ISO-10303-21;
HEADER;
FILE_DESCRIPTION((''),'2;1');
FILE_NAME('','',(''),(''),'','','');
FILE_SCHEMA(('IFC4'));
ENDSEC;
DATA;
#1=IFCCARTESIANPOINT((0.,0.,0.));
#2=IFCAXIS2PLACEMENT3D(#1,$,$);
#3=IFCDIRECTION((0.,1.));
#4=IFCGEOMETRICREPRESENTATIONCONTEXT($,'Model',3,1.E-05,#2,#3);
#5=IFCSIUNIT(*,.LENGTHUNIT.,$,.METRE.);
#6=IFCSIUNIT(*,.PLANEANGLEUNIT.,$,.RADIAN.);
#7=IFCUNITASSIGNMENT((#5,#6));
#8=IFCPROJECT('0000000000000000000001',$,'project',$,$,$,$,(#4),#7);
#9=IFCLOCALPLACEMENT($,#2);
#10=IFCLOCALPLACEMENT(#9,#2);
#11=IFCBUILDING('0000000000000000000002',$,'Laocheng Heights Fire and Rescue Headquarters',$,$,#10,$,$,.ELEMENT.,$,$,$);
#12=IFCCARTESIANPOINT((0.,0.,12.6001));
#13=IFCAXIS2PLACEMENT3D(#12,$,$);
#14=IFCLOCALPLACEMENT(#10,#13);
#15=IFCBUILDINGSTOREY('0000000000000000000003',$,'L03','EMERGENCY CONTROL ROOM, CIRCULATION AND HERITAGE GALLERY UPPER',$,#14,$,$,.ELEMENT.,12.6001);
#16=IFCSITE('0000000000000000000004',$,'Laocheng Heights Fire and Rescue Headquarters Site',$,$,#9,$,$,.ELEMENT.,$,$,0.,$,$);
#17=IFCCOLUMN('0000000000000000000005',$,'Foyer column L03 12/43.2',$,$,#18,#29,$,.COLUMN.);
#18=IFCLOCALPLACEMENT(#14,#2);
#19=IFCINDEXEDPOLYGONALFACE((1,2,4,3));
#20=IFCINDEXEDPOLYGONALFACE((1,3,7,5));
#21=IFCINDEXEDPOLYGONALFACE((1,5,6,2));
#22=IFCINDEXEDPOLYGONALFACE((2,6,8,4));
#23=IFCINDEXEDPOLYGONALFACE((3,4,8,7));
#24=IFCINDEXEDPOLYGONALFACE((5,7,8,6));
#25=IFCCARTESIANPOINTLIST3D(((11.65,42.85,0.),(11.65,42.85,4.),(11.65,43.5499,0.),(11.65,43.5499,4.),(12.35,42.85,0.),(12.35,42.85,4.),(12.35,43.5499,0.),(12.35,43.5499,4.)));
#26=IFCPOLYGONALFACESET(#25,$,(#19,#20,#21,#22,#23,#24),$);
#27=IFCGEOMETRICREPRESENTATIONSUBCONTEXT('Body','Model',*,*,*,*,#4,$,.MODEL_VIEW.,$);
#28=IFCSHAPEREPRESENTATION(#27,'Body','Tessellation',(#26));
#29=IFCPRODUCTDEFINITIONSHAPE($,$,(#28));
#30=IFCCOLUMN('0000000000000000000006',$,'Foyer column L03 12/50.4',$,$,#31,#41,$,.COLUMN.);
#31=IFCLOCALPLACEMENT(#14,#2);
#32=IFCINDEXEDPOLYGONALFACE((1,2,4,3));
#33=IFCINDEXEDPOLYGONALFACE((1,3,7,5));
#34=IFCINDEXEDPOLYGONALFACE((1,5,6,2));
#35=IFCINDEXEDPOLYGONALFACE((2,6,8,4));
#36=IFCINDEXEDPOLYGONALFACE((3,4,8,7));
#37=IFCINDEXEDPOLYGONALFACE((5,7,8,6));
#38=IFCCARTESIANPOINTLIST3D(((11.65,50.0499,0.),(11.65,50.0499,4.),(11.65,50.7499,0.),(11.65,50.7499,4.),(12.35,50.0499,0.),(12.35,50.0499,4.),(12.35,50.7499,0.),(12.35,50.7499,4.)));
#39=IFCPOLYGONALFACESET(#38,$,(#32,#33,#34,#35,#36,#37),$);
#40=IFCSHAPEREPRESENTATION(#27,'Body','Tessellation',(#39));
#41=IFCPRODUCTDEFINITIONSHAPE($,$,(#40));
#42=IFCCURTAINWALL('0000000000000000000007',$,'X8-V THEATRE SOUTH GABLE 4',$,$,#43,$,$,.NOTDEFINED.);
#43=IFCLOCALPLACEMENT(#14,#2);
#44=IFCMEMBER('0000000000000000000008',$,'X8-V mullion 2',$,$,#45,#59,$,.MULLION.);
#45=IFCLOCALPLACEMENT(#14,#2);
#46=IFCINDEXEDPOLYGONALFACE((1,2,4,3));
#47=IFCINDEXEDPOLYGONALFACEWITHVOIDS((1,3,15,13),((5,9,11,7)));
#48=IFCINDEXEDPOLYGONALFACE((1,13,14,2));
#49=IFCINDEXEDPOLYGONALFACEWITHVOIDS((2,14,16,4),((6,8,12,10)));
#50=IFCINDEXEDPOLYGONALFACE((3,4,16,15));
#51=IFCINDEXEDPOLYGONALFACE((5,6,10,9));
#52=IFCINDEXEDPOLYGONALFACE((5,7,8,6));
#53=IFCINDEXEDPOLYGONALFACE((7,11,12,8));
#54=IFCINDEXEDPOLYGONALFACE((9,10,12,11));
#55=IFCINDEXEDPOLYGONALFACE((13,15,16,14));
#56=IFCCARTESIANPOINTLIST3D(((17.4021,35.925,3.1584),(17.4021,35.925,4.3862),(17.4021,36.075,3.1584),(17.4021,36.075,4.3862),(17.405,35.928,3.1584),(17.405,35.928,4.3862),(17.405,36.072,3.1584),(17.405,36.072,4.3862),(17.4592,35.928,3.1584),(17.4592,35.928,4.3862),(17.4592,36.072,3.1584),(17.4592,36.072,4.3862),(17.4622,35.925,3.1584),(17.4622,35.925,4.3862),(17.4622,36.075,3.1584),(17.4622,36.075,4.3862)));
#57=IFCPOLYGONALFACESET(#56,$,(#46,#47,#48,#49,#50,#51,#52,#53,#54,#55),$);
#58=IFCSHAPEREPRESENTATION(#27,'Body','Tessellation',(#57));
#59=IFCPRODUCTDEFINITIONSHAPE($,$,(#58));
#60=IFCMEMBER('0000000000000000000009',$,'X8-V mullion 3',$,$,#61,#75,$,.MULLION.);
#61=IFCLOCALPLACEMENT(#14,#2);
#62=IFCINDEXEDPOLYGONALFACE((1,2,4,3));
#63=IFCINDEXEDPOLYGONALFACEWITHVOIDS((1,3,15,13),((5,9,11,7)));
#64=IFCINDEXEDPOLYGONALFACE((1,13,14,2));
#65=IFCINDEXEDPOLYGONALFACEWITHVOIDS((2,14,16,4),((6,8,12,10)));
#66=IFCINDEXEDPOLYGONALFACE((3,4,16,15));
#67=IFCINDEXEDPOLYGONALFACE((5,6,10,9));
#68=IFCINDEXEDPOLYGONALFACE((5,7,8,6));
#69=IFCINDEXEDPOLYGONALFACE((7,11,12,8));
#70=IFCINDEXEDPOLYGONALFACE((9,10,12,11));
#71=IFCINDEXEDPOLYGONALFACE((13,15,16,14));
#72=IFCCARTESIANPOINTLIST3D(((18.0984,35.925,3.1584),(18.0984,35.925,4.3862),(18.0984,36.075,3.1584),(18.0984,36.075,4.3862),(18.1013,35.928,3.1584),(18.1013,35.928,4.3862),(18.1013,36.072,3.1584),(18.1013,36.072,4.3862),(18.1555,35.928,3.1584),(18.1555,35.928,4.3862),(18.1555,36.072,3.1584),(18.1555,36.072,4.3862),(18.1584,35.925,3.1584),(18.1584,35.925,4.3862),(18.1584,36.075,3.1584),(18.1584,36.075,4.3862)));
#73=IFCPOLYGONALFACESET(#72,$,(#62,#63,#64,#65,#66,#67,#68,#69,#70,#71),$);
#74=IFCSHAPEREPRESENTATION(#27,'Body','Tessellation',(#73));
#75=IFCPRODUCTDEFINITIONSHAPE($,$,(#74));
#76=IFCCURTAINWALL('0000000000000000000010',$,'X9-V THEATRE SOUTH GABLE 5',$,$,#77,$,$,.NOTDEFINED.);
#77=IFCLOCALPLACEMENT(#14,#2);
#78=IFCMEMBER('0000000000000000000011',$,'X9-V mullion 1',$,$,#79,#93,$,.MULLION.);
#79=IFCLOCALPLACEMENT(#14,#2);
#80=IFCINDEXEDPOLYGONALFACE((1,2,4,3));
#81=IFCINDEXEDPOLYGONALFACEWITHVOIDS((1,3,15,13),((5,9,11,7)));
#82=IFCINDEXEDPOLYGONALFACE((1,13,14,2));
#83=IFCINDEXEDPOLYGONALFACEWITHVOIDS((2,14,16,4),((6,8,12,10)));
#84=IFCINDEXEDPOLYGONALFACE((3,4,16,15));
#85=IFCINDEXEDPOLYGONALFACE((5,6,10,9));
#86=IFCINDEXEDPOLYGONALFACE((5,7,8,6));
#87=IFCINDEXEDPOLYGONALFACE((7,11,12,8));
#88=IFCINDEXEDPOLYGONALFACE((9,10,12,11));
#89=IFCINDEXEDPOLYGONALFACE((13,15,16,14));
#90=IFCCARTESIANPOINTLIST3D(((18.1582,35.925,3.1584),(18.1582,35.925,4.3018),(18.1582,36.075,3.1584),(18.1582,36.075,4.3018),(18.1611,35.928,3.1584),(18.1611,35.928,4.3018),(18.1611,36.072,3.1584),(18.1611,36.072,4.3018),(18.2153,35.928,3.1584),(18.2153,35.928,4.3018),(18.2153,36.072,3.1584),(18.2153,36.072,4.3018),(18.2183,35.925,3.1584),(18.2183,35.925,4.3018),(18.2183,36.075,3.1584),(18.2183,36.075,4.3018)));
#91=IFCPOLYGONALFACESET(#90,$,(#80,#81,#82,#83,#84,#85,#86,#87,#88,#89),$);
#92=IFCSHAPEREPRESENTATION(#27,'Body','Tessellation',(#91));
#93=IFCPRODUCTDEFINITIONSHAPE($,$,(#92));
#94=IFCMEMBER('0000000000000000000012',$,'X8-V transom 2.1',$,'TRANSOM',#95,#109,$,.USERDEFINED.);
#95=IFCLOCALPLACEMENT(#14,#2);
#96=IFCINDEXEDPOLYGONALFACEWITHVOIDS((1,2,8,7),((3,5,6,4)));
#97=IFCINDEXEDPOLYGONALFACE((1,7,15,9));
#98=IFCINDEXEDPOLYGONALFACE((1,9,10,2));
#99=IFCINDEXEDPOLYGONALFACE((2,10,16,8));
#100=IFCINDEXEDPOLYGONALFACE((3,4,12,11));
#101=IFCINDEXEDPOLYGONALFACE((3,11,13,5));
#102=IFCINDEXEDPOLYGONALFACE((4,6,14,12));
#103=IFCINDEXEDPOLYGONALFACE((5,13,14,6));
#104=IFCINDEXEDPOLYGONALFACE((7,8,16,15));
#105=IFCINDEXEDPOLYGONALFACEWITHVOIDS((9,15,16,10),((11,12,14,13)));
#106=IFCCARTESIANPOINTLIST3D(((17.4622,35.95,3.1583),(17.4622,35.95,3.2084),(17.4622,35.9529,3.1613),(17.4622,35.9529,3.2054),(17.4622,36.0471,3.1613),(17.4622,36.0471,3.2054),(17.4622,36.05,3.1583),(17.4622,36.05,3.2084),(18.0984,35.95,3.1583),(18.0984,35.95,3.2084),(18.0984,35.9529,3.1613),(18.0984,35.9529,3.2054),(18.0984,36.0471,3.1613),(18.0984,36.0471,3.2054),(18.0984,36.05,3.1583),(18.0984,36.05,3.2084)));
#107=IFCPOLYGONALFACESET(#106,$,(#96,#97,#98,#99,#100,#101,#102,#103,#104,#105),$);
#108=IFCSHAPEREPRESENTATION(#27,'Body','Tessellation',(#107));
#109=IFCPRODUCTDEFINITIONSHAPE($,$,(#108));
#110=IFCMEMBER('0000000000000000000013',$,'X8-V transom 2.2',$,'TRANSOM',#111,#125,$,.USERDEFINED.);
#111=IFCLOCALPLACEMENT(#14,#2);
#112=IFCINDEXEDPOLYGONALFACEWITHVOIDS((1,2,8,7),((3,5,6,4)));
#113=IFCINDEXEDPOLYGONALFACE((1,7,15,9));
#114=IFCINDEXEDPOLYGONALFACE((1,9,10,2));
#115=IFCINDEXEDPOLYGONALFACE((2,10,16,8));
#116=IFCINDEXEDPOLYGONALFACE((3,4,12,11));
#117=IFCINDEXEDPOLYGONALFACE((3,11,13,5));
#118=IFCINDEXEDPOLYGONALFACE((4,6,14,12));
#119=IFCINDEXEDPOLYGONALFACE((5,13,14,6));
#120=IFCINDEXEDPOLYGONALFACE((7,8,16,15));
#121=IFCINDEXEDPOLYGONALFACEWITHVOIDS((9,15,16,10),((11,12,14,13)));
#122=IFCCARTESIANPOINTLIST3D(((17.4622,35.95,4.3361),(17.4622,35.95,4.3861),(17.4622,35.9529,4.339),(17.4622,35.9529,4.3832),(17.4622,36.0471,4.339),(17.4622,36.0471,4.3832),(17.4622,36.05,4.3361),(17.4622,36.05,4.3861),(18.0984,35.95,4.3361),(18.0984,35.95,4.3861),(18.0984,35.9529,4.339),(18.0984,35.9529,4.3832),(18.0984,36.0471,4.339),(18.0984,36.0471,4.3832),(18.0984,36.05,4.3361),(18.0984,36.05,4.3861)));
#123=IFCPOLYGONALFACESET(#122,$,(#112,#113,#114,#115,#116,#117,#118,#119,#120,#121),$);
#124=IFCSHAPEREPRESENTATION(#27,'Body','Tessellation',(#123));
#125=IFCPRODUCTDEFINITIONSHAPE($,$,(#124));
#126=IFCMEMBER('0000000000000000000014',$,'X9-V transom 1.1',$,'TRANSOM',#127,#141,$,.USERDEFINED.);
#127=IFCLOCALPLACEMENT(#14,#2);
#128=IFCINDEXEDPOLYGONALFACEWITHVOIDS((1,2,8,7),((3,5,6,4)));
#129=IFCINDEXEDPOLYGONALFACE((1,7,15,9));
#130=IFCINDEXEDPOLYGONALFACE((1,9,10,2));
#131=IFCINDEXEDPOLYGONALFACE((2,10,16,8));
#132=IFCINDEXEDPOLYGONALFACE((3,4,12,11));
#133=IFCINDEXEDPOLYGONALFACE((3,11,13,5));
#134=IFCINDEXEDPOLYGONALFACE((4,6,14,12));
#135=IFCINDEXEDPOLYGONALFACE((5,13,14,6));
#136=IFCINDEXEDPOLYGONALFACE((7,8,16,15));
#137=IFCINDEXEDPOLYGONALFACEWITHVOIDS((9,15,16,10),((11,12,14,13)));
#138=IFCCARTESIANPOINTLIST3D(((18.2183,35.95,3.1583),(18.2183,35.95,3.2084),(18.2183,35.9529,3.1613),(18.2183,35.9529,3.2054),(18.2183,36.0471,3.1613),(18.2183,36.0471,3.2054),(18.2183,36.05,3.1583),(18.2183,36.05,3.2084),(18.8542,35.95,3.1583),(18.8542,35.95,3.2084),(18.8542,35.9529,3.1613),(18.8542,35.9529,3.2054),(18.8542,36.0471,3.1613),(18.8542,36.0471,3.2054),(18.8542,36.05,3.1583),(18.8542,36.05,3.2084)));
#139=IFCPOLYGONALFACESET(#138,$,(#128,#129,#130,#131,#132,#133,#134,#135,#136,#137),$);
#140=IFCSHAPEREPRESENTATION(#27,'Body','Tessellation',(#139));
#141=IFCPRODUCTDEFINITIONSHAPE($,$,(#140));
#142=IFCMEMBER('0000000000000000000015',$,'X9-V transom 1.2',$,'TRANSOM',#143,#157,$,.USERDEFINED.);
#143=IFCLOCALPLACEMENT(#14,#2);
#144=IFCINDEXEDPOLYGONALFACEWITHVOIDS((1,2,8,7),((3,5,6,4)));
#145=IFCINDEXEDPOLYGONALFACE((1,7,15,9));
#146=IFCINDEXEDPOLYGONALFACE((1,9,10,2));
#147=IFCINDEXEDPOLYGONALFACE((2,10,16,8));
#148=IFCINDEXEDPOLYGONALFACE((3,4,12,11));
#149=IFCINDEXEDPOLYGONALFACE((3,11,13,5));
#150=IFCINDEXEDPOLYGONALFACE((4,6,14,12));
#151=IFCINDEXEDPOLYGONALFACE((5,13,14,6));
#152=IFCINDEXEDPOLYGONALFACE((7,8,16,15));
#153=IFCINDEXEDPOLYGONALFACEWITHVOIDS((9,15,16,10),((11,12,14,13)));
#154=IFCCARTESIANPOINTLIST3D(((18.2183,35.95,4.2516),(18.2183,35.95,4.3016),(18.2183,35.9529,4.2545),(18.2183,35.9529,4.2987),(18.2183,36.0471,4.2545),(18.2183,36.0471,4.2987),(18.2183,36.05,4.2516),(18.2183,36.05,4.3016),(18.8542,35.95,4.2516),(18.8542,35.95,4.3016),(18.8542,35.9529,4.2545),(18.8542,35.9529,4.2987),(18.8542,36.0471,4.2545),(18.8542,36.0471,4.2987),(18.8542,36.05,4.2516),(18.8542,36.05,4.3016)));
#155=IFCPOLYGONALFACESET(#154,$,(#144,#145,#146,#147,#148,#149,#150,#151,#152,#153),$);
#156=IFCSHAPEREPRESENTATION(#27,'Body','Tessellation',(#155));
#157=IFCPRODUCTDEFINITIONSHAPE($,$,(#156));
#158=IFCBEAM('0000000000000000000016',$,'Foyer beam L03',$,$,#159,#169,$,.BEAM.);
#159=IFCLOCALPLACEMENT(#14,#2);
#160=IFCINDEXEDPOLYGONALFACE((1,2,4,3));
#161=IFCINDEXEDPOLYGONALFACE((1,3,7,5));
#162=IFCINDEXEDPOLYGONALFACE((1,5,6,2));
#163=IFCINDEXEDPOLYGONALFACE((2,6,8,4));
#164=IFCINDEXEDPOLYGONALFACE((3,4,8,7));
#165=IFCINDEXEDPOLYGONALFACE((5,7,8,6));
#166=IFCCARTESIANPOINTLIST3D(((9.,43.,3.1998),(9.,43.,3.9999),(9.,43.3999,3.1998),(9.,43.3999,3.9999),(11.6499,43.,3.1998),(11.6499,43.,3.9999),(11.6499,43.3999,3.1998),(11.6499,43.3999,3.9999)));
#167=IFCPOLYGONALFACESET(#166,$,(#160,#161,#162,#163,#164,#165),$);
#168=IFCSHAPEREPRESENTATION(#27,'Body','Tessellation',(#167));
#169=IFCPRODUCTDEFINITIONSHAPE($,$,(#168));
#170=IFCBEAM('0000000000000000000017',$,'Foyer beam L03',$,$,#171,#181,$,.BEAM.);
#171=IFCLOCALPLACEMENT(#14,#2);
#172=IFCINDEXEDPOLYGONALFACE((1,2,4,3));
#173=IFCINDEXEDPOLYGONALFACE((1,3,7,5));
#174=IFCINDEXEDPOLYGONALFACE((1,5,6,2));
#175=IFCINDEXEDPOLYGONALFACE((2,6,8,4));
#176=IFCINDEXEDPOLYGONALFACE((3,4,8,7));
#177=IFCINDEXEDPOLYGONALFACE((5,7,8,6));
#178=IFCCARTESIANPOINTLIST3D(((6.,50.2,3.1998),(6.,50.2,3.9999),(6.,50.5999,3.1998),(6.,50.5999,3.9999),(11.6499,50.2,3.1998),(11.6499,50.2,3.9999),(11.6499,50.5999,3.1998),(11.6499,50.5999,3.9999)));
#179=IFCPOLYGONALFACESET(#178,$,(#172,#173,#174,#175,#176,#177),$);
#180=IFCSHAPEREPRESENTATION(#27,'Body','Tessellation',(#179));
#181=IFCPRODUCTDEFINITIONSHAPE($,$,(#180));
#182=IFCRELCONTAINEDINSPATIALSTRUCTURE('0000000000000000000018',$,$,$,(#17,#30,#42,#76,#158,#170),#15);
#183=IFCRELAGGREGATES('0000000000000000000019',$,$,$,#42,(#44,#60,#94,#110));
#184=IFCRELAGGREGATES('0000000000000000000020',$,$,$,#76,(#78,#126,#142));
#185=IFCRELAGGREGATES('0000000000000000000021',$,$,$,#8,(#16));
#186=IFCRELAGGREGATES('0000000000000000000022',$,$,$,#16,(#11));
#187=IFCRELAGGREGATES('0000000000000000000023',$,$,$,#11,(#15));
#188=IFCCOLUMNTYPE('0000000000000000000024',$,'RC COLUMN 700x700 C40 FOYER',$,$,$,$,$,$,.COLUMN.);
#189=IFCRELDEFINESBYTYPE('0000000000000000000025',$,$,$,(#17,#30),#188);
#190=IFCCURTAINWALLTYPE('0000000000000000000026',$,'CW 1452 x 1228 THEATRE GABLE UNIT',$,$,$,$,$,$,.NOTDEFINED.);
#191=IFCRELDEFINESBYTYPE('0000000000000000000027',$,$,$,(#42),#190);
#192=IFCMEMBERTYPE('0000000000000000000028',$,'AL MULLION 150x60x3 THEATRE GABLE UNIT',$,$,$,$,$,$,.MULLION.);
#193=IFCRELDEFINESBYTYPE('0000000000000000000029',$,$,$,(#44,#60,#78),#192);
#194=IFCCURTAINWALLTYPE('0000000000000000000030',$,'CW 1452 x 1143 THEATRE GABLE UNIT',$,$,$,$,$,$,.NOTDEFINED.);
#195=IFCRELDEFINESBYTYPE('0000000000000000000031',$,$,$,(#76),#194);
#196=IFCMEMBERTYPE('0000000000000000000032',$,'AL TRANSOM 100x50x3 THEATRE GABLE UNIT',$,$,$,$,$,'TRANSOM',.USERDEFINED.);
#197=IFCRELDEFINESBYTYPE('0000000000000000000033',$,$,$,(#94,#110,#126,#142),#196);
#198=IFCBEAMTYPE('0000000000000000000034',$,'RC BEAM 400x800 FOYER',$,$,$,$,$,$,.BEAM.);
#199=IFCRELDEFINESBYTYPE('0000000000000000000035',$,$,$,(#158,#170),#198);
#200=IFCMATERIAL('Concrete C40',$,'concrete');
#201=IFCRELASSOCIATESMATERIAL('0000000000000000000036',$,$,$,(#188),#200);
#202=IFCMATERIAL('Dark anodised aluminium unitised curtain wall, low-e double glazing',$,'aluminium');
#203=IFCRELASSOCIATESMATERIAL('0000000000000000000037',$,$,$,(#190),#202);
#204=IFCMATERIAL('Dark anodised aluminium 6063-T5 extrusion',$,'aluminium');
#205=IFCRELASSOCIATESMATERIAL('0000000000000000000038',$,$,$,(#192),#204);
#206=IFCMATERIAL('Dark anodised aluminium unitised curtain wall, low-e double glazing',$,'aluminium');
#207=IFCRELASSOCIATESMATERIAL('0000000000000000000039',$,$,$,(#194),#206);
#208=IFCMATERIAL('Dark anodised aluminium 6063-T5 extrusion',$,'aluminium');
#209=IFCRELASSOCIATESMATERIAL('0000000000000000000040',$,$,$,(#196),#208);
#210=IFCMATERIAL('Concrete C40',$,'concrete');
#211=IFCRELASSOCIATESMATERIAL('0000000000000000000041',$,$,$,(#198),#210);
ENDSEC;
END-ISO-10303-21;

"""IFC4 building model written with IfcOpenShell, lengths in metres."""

from ifc_helpers import new_model, si_unit, direction, frame, origin, origin_2d, place, context, subcontext, project, spatial, rectangle, hollow_rectangle, extrude, material, material_profile, profile_set, type_object, element, aggregate, save


model = new_model("IFC4")

# Units and contexts
model_context = context("Model", 3, precision=1e-05, world=origin(), true_north=direction((0.0, 1.0)))
body_context = subcontext(model_context, "Body", "Model", "MODEL_VIEW")
ifc_project = project(units=[si_unit("LENGTHUNIT", "METRE"), si_unit("PLANEANGLEUNIT", "RADIAN")], contexts=[model_context])

# Site, building, storey
site_placement = place(None, origin())
site = spatial("IfcSite", under=ifc_project, at=site_placement, Name="Laocheng Heights Fire and Rescue Headquarters Site", CompositionType="ELEMENT", RefElevation=0.0)
building_placement = place(site_placement, origin())
building = spatial("IfcBuilding", under=site, at=building_placement, Name="Laocheng Heights Fire and Rescue Headquarters", CompositionType="ELEMENT")
storey_placement = place(building_placement, frame((0.0, 0.0, 12.6001)))
storey = spatial("IfcBuildingStorey", under=building, at=storey_placement, Name="L03", Description="EMERGENCY CONTROL ROOM, CIRCULATION AND HERITAGE GALLERY UPPER", CompositionType="ELEMENT", Elevation=12.6001)

# Columns
ifc_material_1 = material(Name="Concrete C40", Category="concrete")
ifc_material_profile_1 = material_profile(ifc_material_1, rectangle(XDim=0.7, YDim=0.7, at=origin_2d()), Name="RC COLUMN 700x700 C40 FOYER")
ifc_profile_set_1 = profile_set([ifc_material_profile_1], Name="Concrete C40")
column_type = type_object("IfcColumnType", Name="RC COLUMN 700x700 C40 FOYER", PredefinedType="COLUMN", material=ifc_profile_set_1)
for number, where, z_axis, x_axis, name in (
    (1, (12.0, 43.2, 0.0), (0.0, 0.0, 1.0), (1.0, 0.0, 0.0), "Foyer column L03 12/43.2"),
    (2, (12.0, 50.3999, 0.0), (0.0, 0.0, 1.0), (1.0, 0.0, 0.0), "Foyer column L03 12/50.4"),
):
    element("IfcColumn", number, at=place(storey_placement, frame(where, z_axis=z_axis, x_axis=x_axis)), inside=storey, type_object=column_type, Name=name, PredefinedType="COLUMN", context=body_context, shape_type="SweptSolid", body=[
        extrude(rectangle(XDim=0.7, YDim=0.7, at=origin_2d()), origin(), (0.0, 0.0, 1.0), 4.0),
    ])

# Curtain wall, members
ifc_material_2 = material(Name="Dark anodised aluminium unitised curtain wall, low-e double glazing", Category="aluminium")
curtain_wall_type_1 = type_object("IfcCurtainWallType", Name="CW 1452 x 1228 THEATRE GABLE UNIT", PredefinedType="NOTDEFINED", material=ifc_material_2)
curtain_wall_1_placement = place(storey_placement, origin())
curtain_wall_1 = element("IfcCurtainWall", 3, at=curtain_wall_1_placement, inside=storey, type_object=curtain_wall_type_1, Name="X8-V THEATRE SOUTH GABLE 4", PredefinedType="NOTDEFINED")
ifc_material_3 = material(Name="Dark anodised aluminium 6063-T5 extrusion", Category="aluminium")
ifc_material_profile_2 = material_profile(ifc_material_3, hollow_rectangle(XDim=0.1499, YDim=0.0601, WallThickness=0.0029, at=origin_2d()), Name="AL MULLION 150x60x3 THEATRE GABLE UNIT")
ifc_profile_set_2 = profile_set([ifc_material_profile_2], Name="Dark anodised aluminium 6063-T5 extrusion")
member_type_1 = type_object("IfcMemberType", Name="AL MULLION 150x60x3 THEATRE GABLE UNIT", PredefinedType="MULLION", material=ifc_profile_set_2)
member_1_placement = place(storey_placement, frame((17.4321, 36.0, 3.1584), z_axis=(0.0, 0.0, 1.0), x_axis=(0.0, 1.0, 0.0)))
member_1 = element("IfcMember", 4, at=member_1_placement, type_object=member_type_1, Name="X8-V mullion 2", PredefinedType="MULLION", context=body_context, shape_type="SweptSolid", body=[
    extrude(hollow_rectangle(XDim=0.1499, YDim=0.0601, WallThickness=0.0029, at=origin_2d()), origin(), (0.0, 0.0, 1.0), 1.2278),
])
member_2_placement = place(storey_placement, frame((18.1284, 36.0, 3.1584), z_axis=(0.0, 0.0, 1.0), x_axis=(0.0, 1.0, 0.0)))
member_2 = element("IfcMember", 5, at=member_2_placement, type_object=member_type_1, Name="X8-V mullion 3", PredefinedType="MULLION", context=body_context, shape_type="SweptSolid", body=[
    extrude(hollow_rectangle(XDim=0.1499, YDim=0.0601, WallThickness=0.0029, at=origin_2d()), origin(), (0.0, 0.0, 1.0), 1.2278),
])

# Curtain wall, member
ifc_material_4 = material(Name="Dark anodised aluminium unitised curtain wall, low-e double glazing", Category="aluminium")
curtain_wall_type_2 = type_object("IfcCurtainWallType", Name="CW 1452 x 1143 THEATRE GABLE UNIT", PredefinedType="NOTDEFINED", material=ifc_material_4)
curtain_wall_2_placement = place(storey_placement, origin())
curtain_wall_2 = element("IfcCurtainWall", 6, at=curtain_wall_2_placement, inside=storey, type_object=curtain_wall_type_2, Name="X9-V THEATRE SOUTH GABLE 5", PredefinedType="NOTDEFINED")
member_3_placement = place(storey_placement, frame((18.1882, 36.0, 3.1584), z_axis=(0.0, 0.0, 1.0), x_axis=(0.0, 1.0, 0.0)))
member_3 = element("IfcMember", 7, at=member_3_placement, type_object=member_type_1, Name="X9-V mullion 1", PredefinedType="MULLION", context=body_context, shape_type="SweptSolid", body=[
    extrude(hollow_rectangle(XDim=0.1499, YDim=0.0601, WallThickness=0.0029, at=origin_2d()), origin(), (0.0, 0.0, 1.0), 1.1433),
])

# Members
ifc_material_5 = material(Name="Dark anodised aluminium 6063-T5 extrusion", Category="aluminium")
ifc_material_profile_3 = material_profile(ifc_material_5, hollow_rectangle(XDim=0.1001, YDim=0.05, WallThickness=0.0029, at=origin_2d()), Name="AL TRANSOM 100x50x3 THEATRE GABLE UNIT")
ifc_profile_set_3 = profile_set([ifc_material_profile_3], Name="Dark anodised aluminium 6063-T5 extrusion")
member_type_2 = type_object("IfcMemberType", Name="AL TRANSOM 100x50x3 THEATRE GABLE UNIT", ElementType="TRANSOM", PredefinedType="USERDEFINED", material=ifc_profile_set_3)
member_4_placement = place(storey_placement, frame((17.4622, 36.0, 3.1833), z_axis=(1.0, 0.0, 0.0), x_axis=(0.0, 1.0, 0.0)))
member_4 = element("IfcMember", 8, at=member_4_placement, type_object=member_type_2, Name="X8-V transom 2.1", ObjectType="TRANSOM", PredefinedType="USERDEFINED", context=body_context, shape_type="SweptSolid", body=[
    extrude(hollow_rectangle(XDim=0.1001, YDim=0.05, WallThickness=0.0029, at=origin_2d()), origin(), (0.0, 0.0, 1.0), 0.6362),
])
member_5_placement = place(storey_placement, frame((17.4622, 36.0, 4.3611), z_axis=(1.0, 0.0, 0.0), x_axis=(0.0, 1.0, 0.0)))
member_5 = element("IfcMember", 9, at=member_5_placement, type_object=member_type_2, Name="X8-V transom 2.2", ObjectType="TRANSOM", PredefinedType="USERDEFINED", context=body_context, shape_type="SweptSolid", body=[
    extrude(hollow_rectangle(XDim=0.1001, YDim=0.05, WallThickness=0.0029, at=origin_2d()), origin(), (0.0, 0.0, 1.0), 0.6362),
])
member_6_placement = place(storey_placement, frame((18.2183, 36.0, 3.1833), z_axis=(1.0, 0.0, 0.0), x_axis=(0.0, 1.0, 0.0)))
member_6 = element("IfcMember", 10, at=member_6_placement, type_object=member_type_2, Name="X9-V transom 1.1", ObjectType="TRANSOM", PredefinedType="USERDEFINED", context=body_context, shape_type="SweptSolid", body=[
    extrude(hollow_rectangle(XDim=0.1001, YDim=0.05, WallThickness=0.0029, at=origin_2d()), origin(), (0.0, 0.0, 1.0), 0.636),
])
member_7_placement = place(storey_placement, frame((18.2183, 36.0, 4.2766), z_axis=(1.0, 0.0, 0.0), x_axis=(0.0, 1.0, 0.0)))
member_7 = element("IfcMember", 11, at=member_7_placement, type_object=member_type_2, Name="X9-V transom 1.2", ObjectType="TRANSOM", PredefinedType="USERDEFINED", context=body_context, shape_type="SweptSolid", body=[
    extrude(hollow_rectangle(XDim=0.1001, YDim=0.05, WallThickness=0.0029, at=origin_2d()), origin(), (0.0, 0.0, 1.0), 0.636),
])

# Beams
ifc_material_6 = material(Name="Concrete C40", Category="concrete")
ifc_material_profile_4 = material_profile(ifc_material_6, rectangle(XDim=0.3999, YDim=0.8, at=origin_2d()), Name="RC BEAM 400x800 FOYER")
ifc_profile_set_4 = profile_set([ifc_material_profile_4], Name="Concrete C40")
beam_type_1 = type_object("IfcBeamType", Name="RC BEAM 400x800 FOYER", PredefinedType="BEAM", material=ifc_profile_set_4)
beam_1_placement = place(storey_placement, frame((9.0, 43.2, 3.5999), z_axis=(1.0, 0.0, 0.0), x_axis=(0.0, 1.0, 0.0)))
element("IfcBeam", 12, at=beam_1_placement, inside=storey, type_object=beam_type_1, Name="Foyer beam L03", PredefinedType="BEAM", context=body_context, shape_type="SweptSolid", body=[
    extrude(rectangle(XDim=0.3999, YDim=0.8, at=origin_2d()), origin(), (0.0, 0.0, 1.0), 2.6499),
])
beam_2_placement = place(storey_placement, frame((6.0, 50.3999, 3.5999), z_axis=(1.0, 0.0, 0.0), x_axis=(0.0, 1.0, 0.0)))
element("IfcBeam", 13, at=beam_2_placement, inside=storey, type_object=beam_type_1, Name="Foyer beam L03", PredefinedType="BEAM", context=body_context, shape_type="SweptSolid", body=[
    extrude(rectangle(XDim=0.3999, YDim=0.8, at=origin_2d()), origin(), (0.0, 0.0, 1.0), 5.6499),
])

aggregate(curtain_wall_1, [member_1, member_2, member_4, member_5])
aggregate(curtain_wall_2, [member_3, member_6, member_7])

save(model, "model.ifc")
